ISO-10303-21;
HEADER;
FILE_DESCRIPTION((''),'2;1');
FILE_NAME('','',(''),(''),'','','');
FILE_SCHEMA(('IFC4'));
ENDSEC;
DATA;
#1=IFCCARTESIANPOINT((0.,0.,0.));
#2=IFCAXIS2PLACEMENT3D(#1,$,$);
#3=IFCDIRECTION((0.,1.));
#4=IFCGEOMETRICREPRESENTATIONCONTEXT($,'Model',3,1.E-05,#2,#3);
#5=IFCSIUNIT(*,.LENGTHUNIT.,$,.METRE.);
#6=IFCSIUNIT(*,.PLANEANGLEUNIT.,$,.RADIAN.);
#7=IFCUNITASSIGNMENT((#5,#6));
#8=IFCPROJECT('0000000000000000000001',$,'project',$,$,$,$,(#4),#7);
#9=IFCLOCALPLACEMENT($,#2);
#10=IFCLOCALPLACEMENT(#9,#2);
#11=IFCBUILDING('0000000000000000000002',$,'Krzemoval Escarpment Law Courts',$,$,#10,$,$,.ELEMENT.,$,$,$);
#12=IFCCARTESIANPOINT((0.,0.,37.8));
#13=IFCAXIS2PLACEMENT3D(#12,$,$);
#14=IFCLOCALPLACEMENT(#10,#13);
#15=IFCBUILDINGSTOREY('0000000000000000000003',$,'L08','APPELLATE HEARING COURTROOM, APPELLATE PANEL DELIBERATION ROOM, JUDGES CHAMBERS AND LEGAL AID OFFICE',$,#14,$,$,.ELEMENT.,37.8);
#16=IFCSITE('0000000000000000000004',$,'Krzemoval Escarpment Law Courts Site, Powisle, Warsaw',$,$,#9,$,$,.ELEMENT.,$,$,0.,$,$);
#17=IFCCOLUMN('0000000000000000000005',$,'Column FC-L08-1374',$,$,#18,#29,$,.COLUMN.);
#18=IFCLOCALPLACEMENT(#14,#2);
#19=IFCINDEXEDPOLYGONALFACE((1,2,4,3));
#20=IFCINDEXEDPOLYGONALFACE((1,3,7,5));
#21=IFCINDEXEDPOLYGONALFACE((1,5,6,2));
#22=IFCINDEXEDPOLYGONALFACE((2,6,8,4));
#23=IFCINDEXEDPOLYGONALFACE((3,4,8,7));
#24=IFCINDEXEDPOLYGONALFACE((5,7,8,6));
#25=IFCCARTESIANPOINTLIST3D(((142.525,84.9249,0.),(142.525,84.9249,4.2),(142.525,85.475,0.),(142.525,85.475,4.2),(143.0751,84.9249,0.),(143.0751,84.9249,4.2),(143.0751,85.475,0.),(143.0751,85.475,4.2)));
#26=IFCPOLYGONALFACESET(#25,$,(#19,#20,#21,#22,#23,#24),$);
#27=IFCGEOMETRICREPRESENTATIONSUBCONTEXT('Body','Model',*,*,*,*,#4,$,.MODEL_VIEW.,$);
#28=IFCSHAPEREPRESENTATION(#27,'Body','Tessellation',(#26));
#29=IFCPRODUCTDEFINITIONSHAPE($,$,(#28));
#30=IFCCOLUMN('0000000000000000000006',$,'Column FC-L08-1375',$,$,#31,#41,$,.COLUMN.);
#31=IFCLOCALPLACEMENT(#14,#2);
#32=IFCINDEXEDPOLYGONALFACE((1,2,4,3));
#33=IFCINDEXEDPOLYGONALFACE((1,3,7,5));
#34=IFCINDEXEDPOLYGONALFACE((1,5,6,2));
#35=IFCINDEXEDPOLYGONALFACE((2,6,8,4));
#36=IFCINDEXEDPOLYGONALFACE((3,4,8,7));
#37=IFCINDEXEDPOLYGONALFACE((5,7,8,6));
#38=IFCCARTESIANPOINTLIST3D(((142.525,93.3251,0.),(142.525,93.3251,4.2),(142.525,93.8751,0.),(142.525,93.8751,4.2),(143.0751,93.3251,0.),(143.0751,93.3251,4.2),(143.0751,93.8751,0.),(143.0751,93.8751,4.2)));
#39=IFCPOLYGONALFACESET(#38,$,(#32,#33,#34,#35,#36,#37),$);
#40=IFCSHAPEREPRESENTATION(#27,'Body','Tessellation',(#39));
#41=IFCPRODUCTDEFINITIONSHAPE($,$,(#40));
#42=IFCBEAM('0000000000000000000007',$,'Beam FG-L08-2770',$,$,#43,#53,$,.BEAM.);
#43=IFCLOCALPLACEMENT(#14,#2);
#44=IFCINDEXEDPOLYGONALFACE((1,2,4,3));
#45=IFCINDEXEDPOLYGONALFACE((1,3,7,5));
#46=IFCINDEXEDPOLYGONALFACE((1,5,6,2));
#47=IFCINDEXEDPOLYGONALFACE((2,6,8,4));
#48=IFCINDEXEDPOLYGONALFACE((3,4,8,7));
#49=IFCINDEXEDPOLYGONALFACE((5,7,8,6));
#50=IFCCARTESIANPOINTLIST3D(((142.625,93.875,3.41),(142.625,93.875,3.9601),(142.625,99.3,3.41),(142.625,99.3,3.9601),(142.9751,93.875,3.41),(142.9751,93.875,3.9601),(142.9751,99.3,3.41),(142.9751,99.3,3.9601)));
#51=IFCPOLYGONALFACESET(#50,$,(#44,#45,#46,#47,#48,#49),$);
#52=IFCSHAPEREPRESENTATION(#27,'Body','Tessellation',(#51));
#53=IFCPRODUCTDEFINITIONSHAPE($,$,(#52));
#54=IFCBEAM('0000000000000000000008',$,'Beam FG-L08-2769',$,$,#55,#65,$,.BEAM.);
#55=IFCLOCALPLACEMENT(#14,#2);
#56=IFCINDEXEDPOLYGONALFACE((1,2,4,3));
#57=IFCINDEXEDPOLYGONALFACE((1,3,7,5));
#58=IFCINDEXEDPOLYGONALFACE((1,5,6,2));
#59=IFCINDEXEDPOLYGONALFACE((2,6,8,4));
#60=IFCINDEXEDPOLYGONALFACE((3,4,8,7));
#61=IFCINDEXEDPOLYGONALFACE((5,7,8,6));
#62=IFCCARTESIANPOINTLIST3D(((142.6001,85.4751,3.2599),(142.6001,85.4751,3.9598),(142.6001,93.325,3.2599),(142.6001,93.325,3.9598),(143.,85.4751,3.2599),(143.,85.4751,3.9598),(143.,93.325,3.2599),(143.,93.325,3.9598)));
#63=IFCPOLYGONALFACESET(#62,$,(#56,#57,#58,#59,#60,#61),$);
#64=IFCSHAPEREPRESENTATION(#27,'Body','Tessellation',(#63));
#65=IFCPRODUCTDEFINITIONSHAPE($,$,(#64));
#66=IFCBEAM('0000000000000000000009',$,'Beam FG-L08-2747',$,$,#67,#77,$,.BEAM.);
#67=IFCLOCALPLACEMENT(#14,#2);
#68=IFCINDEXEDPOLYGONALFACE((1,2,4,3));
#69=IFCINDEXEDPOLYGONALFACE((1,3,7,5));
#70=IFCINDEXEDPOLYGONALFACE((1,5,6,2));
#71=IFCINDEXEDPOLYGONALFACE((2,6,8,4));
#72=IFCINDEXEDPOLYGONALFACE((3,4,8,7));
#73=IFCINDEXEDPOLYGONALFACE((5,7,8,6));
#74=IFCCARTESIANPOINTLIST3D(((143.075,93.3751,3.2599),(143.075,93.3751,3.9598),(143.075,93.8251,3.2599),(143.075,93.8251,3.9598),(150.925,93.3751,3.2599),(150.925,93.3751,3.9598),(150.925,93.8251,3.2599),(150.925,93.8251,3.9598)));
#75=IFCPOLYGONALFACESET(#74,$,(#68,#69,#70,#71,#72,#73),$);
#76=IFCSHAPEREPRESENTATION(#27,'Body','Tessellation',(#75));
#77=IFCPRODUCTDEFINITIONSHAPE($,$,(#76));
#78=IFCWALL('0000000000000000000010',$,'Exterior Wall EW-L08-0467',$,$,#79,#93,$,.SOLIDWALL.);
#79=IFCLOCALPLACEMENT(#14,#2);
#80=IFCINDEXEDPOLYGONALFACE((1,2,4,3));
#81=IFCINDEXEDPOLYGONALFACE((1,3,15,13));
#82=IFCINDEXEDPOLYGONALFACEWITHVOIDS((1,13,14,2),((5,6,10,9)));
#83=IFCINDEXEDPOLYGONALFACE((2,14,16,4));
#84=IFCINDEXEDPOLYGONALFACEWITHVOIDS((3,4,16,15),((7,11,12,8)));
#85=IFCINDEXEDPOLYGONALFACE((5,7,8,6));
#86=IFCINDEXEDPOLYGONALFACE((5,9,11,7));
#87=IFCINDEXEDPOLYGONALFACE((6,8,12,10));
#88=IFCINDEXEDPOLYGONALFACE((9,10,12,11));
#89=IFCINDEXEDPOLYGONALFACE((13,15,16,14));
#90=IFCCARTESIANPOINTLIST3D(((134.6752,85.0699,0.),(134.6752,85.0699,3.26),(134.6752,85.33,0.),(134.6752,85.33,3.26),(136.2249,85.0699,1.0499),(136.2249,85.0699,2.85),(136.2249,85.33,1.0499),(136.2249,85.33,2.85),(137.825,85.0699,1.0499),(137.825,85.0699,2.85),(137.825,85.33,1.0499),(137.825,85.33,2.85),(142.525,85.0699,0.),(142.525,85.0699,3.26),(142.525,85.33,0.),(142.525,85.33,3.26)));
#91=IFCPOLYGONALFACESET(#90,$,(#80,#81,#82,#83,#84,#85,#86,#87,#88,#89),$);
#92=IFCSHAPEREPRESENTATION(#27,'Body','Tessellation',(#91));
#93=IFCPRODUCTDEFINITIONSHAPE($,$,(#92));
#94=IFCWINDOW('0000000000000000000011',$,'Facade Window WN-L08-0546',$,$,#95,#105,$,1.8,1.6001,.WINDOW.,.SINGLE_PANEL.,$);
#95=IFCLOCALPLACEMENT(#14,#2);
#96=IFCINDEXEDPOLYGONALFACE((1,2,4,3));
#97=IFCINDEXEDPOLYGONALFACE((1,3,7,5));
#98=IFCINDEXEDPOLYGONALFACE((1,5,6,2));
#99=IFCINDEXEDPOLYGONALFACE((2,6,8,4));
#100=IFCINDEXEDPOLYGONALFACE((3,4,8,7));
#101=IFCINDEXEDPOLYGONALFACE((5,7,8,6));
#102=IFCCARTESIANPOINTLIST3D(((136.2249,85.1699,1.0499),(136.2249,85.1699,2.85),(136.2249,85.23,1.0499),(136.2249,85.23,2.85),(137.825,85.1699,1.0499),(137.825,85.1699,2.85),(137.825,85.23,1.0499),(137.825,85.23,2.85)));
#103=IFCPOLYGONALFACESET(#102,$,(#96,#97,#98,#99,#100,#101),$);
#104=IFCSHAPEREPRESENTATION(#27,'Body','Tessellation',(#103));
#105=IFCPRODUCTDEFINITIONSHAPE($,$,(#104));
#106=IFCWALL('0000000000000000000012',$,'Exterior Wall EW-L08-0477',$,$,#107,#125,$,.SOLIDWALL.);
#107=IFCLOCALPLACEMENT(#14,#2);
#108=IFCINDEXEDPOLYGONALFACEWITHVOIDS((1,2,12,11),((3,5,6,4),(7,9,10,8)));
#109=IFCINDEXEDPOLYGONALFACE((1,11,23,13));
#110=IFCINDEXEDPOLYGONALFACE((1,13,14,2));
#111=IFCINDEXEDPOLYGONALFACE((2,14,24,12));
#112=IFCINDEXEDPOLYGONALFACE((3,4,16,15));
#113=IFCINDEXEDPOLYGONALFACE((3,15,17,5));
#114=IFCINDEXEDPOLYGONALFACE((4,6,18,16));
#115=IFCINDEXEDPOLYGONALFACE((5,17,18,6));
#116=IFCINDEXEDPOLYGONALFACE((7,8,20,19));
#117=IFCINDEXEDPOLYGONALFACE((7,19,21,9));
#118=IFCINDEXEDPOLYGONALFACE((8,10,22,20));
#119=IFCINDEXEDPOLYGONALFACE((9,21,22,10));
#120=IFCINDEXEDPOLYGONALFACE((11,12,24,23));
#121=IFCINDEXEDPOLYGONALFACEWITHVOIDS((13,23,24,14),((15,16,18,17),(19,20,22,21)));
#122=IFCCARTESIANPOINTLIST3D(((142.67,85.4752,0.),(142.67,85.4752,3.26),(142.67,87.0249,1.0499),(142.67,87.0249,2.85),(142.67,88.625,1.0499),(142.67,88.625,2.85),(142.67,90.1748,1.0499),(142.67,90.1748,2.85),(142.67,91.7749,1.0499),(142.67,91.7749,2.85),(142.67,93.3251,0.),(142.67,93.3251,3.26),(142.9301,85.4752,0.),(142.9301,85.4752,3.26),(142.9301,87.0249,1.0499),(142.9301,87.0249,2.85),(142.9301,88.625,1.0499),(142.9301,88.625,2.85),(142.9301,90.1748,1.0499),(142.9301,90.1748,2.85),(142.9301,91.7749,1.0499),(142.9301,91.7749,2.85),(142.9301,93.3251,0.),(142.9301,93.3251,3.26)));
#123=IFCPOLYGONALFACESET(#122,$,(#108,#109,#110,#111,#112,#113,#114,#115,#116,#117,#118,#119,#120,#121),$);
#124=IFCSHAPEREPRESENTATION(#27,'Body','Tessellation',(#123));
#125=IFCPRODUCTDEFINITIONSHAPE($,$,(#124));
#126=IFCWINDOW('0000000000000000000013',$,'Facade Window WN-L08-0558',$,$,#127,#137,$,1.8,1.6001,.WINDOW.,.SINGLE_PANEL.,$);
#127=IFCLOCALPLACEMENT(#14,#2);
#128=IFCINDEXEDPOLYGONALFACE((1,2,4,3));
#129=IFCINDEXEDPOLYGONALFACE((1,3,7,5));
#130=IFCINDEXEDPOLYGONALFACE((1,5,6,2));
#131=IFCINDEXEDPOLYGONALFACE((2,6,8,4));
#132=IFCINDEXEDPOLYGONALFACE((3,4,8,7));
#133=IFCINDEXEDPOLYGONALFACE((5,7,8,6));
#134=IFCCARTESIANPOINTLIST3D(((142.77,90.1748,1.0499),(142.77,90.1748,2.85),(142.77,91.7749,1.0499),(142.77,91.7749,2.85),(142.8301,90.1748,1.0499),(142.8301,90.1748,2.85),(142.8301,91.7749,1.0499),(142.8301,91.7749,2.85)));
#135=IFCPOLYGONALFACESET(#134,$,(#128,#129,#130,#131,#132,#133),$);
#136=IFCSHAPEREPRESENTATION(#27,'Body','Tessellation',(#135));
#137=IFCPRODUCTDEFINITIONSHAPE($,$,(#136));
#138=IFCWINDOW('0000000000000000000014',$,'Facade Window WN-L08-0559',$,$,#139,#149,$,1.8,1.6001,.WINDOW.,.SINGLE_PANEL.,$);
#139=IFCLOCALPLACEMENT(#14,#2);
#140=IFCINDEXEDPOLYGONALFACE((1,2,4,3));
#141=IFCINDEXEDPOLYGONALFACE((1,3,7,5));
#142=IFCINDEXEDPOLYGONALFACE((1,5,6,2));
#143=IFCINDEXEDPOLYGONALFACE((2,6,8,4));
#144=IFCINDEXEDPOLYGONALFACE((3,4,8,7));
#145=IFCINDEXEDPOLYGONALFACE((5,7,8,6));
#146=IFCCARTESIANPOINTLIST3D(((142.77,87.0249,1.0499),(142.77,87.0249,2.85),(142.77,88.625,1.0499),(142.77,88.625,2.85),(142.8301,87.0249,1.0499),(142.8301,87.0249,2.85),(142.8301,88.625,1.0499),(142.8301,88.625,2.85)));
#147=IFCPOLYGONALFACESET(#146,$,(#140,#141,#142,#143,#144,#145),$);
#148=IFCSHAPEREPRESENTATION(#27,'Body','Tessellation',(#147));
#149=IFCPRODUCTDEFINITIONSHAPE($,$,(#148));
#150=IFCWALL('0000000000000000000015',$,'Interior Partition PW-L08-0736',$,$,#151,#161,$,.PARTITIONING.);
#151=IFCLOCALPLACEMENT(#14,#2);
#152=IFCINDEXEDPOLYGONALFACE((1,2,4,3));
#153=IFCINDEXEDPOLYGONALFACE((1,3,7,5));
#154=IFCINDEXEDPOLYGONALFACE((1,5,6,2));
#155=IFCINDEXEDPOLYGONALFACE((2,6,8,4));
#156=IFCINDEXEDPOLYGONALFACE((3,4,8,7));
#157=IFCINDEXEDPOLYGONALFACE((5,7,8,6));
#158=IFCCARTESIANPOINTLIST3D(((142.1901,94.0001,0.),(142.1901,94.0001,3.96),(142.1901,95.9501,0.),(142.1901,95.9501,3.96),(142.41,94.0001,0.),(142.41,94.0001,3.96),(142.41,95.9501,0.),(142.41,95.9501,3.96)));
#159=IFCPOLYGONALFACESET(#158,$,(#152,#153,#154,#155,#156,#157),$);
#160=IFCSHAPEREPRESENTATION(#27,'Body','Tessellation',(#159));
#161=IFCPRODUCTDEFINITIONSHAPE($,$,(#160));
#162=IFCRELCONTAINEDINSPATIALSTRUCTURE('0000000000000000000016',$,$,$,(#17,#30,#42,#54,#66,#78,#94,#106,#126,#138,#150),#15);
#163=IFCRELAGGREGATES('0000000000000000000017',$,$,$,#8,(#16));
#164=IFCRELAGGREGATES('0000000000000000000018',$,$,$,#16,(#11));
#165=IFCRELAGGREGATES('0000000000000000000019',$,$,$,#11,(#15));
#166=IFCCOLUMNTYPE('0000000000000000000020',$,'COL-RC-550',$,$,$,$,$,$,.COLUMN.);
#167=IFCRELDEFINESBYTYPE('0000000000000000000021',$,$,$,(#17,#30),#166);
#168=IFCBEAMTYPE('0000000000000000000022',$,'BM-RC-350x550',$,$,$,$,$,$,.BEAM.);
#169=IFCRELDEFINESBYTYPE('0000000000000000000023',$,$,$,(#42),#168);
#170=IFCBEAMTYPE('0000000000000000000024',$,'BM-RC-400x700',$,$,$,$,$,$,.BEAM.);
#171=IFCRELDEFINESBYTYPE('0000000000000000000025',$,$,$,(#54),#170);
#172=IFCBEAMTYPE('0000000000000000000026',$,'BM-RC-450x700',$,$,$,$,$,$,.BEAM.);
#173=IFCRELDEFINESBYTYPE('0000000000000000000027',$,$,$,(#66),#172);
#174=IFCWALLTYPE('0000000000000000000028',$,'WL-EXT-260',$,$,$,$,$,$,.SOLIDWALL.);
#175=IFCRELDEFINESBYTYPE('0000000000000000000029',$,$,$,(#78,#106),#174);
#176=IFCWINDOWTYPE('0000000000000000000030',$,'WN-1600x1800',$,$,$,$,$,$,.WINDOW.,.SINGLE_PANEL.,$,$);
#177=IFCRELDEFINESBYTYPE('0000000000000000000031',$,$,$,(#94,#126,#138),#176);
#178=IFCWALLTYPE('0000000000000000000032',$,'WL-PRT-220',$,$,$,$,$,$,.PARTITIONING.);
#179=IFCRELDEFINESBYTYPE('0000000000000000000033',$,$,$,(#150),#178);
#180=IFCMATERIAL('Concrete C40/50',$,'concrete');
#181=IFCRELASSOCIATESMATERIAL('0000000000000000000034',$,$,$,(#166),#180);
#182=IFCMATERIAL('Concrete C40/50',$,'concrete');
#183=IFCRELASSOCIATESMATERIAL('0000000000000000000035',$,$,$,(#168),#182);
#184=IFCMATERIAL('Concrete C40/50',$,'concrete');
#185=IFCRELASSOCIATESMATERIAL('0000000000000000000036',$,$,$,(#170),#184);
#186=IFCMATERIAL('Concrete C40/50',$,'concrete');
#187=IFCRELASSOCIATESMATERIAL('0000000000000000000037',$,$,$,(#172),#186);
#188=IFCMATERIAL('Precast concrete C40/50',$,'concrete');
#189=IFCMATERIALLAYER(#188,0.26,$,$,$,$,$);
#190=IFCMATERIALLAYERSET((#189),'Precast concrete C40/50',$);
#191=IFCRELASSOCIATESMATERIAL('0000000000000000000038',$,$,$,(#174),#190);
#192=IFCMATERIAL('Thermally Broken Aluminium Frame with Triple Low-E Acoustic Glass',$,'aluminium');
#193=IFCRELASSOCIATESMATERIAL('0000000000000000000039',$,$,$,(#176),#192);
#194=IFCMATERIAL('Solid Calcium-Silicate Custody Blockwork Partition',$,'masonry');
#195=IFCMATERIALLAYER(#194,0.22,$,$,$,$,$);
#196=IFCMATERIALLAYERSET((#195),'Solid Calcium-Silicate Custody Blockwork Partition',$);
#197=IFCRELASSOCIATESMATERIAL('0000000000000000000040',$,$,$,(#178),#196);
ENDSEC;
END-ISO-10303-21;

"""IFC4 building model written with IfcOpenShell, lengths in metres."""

from ifc_helpers import new_model, si_unit, direction, frame, frame_2d, origin, origin_2d, place, context, subcontext, project, spatial, rectangle, extrude, material, layer, layer_set, material_profile, profile_set, type_object, element, fill, save


model = new_model("IFC4")

# Units and contexts
model_context = context("Model", 3, precision=1e-05, world=origin(), true_north=direction((0.0, 1.0)))
body_context = subcontext(model_context, "Body", "Model", "MODEL_VIEW")
ifc_project = project(units=[si_unit("LENGTHUNIT", "METRE"), si_unit("PLANEANGLEUNIT", "RADIAN")], contexts=[model_context])

# Site, building, storey
site_placement = place(None, origin())
site = spatial("IfcSite", under=ifc_project, at=site_placement, Name="Krzemoval Escarpment Law Courts Site, Powisle, Warsaw", CompositionType="ELEMENT", RefElevation=0.0)
building_placement = place(site_placement, origin())
building = spatial("IfcBuilding", under=site, at=building_placement, Name="Krzemoval Escarpment Law Courts", CompositionType="ELEMENT")
storey_placement = place(building_placement, frame((0.0, 0.0, 37.8)))
storey = spatial("IfcBuildingStorey", under=building, at=storey_placement, Name="L08", Description="APPELLATE HEARING COURTROOM, APPELLATE PANEL DELIBERATION ROOM, JUDGES CHAMBERS AND LEGAL AID OFFICE", CompositionType="ELEMENT", Elevation=37.8)

# Columns
ifc_material_1 = material(Name="Concrete C40/50", Category="concrete")
ifc_material_profile_1 = material_profile(ifc_material_1, rectangle(XDim=0.55, YDim=0.55, at=origin_2d()), Name="RC 550x550")
ifc_profile_set_1 = profile_set([ifc_material_profile_1], Name="Concrete C40/50")
column_type = type_object("IfcColumnType", Name="COL-RC-550", PredefinedType="COLUMN", material=ifc_profile_set_1)
for number, where, z_axis, x_axis, name in (
    (1, (142.8, 85.2, 0.0), (0.0, 0.0, 1.0), (1.0, 0.0, 0.0), "Column FC-L08-1374"),
    (2, (142.8, 93.6001, 0.0), (0.0, 0.0, 1.0), (1.0, 0.0, 0.0), "Column FC-L08-1375"),
):
    element("IfcColumn", number, at=place(storey_placement, frame(where, z_axis=z_axis, x_axis=x_axis)), inside=storey, type_object=column_type, Name=name, PredefinedType="COLUMN", context=body_context, shape_type="SweptSolid", body=[
        extrude(rectangle(XDim=0.55, YDim=0.55, at=origin_2d()), origin(), (0.0, 0.0, 1.0), 4.2),
    ])

# Beams
ifc_material_2 = material(Name="Concrete C40/50", Category="concrete")
ifc_material_profile_2 = material_profile(ifc_material_2, rectangle(XDim=0.3501, YDim=0.55, at=origin_2d()), Name="RCB 350x550")
ifc_profile_set_2 = profile_set([ifc_material_profile_2], Name="Concrete C40/50")
beam_type_1 = type_object("IfcBeamType", Name="BM-RC-350x550", PredefinedType="BEAM", material=ifc_profile_set_2)
beam_1_placement = place(storey_placement, frame((142.8, 93.875, 3.6851), z_axis=(0.0, 1.0, 0.0), x_axis=(-1.0, 0.0, 0.0)))
element("IfcBeam", 3, at=beam_1_placement, inside=storey, type_object=beam_type_1, Name="Beam FG-L08-2770", PredefinedType="BEAM", context=body_context, shape_type="SweptSolid", body=[
    extrude(rectangle(XDim=0.3501, YDim=0.55, at=origin_2d()), origin(), (0.0, 0.0, 1.0), 5.425),
])
ifc_material_3 = material(Name="Concrete C40/50", Category="concrete")
ifc_material_profile_3 = material_profile(ifc_material_3, rectangle(XDim=0.3999, YDim=0.7, at=origin_2d()), Name="RCB 400x700")
ifc_profile_set_3 = profile_set([ifc_material_profile_3], Name="Concrete C40/50")
beam_type_2 = type_object("IfcBeamType", Name="BM-RC-400x700", PredefinedType="BEAM", material=ifc_profile_set_3)
beam_2_placement = place(storey_placement, frame((142.8, 85.4751, 3.6099), z_axis=(0.0, 1.0, 0.0), x_axis=(-1.0, 0.0, 0.0)))
element("IfcBeam", 4, at=beam_2_placement, inside=storey, type_object=beam_type_2, Name="Beam FG-L08-2769", PredefinedType="BEAM", context=body_context, shape_type="SweptSolid", body=[
    extrude(rectangle(XDim=0.3999, YDim=0.7, at=origin_2d()), origin(), (0.0, 0.0, 1.0), 7.8499),
])
ifc_material_4 = material(Name="Concrete C40/50", Category="concrete")
ifc_material_profile_4 = material_profile(ifc_material_4, rectangle(XDim=0.45, YDim=0.7, at=origin_2d()), Name="RCB 450x700")
ifc_profile_set_4 = profile_set([ifc_material_profile_4], Name="Concrete C40/50")
beam_type_3 = type_object("IfcBeamType", Name="BM-RC-450x700", PredefinedType="BEAM", material=ifc_profile_set_4)
beam_3_placement = place(storey_placement, frame((143.075, 93.6001, 3.6099), z_axis=(1.0, 0.0, 0.0), x_axis=(0.0, 1.0, 0.0)))
element("IfcBeam", 5, at=beam_3_placement, inside=storey, type_object=beam_type_3, Name="Beam FG-L08-2747", PredefinedType="BEAM", context=body_context, shape_type="SweptSolid", body=[
    extrude(rectangle(XDim=0.45, YDim=0.7, at=origin_2d()), origin(), (0.0, 0.0, 1.0), 7.8501),
])

# Wall, opening, window
ifc_material_5 = material(Name="Precast concrete C40/50", Category="concrete")
ifc_layer_1 = layer(ifc_material_5, 0.26)
ifc_layer_set_1 = layer_set([ifc_layer_1], Name="Precast concrete C40/50")
wall_type_1 = type_object("IfcWallType", Name="WL-EXT-260", PredefinedType="SOLIDWALL", material=ifc_layer_set_1)
wall_1_placement = place(storey_placement, frame((142.5249, 85.2, 0.0), z_axis=(0.0, 0.0, 1.0), x_axis=(-1.0, 0.0, 0.0)))
wall_1 = element("IfcWall", 6, at=wall_1_placement, inside=storey, type_object=wall_type_1, Name="Exterior Wall EW-L08-0467", PredefinedType="SOLIDWALL", context=body_context, shape_type="SweptSolid", body=[
    extrude(rectangle(XDim=7.8499, YDim=0.26, at=frame_2d((3.9248, 0.0))), origin(), (0.0, 0.0, 1.0), 3.26),
])
opening_1_placement = place(wall_1_placement, frame((4.7, 0.0, 1.05)))
opening_1 = element("IfcOpeningElement", 7, at=opening_1_placement, cuts=wall_1, PredefinedType="OPENING", context=body_context, shape_type="SweptSolid", body=[
    extrude(rectangle(XDim=1.6001, YDim=1.8, at=frame_2d((0.8, 0.8999))), frame((0.0, 0.145, 0.0), z_axis=(0.0, -1.0, 0.0), x_axis=(1.0, 0.0, 0.0)), (0.0, 0.0, 1.0), 0.29),
])
ifc_material_6 = material(Name="Thermally Broken Aluminium Frame with Triple Low-E Acoustic Glass", Category="aluminium")
window_type = type_object("IfcWindowType", Name="WN-1600x1800", PartitioningType="SINGLE_PANEL", PredefinedType="WINDOW", material=ifc_material_6)
window_1_placement = place(opening_1_placement, origin())
window_1 = element("IfcWindow", 8, at=window_1_placement, inside=storey, type_object=window_type, Name="Facade Window WN-L08-0546", OverallHeight=1.8, OverallWidth=1.6001, PartitioningType="SINGLE_PANEL", PredefinedType="WINDOW", context=body_context, shape_type="SweptSolid", body=[
    extrude(rectangle(XDim=1.6001, YDim=1.8, at=frame_2d((0.8, 0.8999))), frame((0.0, 0.03, 0.0), z_axis=(0.0, -1.0, 0.0), x_axis=(1.0, 0.0, 0.0)), (0.0, 0.0, 1.0), 0.0601),
])
fill(opening_1, window_1)

# Wall, openings, windows
wall_2_placement = place(storey_placement, frame((142.8, 93.325, 0.0), z_axis=(0.0, 0.0, 1.0), x_axis=(0.0, -1.0, 0.0)))
wall_2 = element("IfcWall", 9, at=wall_2_placement, inside=storey, type_object=wall_type_1, Name="Exterior Wall EW-L08-0477", PredefinedType="SOLIDWALL", context=body_context, shape_type="SweptSolid", body=[
    extrude(rectangle(XDim=7.8499, YDim=0.26, at=frame_2d((3.9248, 0.0))), origin(), (0.0, 0.0, 1.0), 3.26),
])
opening_2_placement = place(wall_2_placement, frame((1.55, 0.0, 1.05)))
opening_2 = element("IfcOpeningElement", 10, at=opening_2_placement, cuts=wall_2, PredefinedType="OPENING", context=body_context, shape_type="SweptSolid", body=[
    extrude(rectangle(XDim=1.6001, YDim=1.8, at=frame_2d((0.8, 0.8999))), frame((0.0, 0.145, 0.0), z_axis=(0.0, -1.0, 0.0), x_axis=(1.0, 0.0, 0.0)), (0.0, 0.0, 1.0), 0.29),
])
opening_3_placement = place(wall_2_placement, frame((4.7, 0.0, 1.05)))
opening_3 = element("IfcOpeningElement", 11, at=opening_3_placement, cuts=wall_2, PredefinedType="OPENING", context=body_context, shape_type="SweptSolid", body=[
    extrude(rectangle(XDim=1.6001, YDim=1.8, at=frame_2d((0.8, 0.8999))), frame((0.0, 0.145, 0.0), z_axis=(0.0, -1.0, 0.0), x_axis=(1.0, 0.0, 0.0)), (0.0, 0.0, 1.0), 0.29),
])
window_2_placement = place(opening_2_placement, origin())
window_2 = element("IfcWindow", 12, at=window_2_placement, inside=storey, type_object=window_type, Name="Facade Window WN-L08-0558", OverallHeight=1.8, OverallWidth=1.6001, PartitioningType="SINGLE_PANEL", PredefinedType="WINDOW", context=body_context, shape_type="SweptSolid", body=[
    extrude(rectangle(XDim=1.6001, YDim=1.8, at=frame_2d((0.8, 0.8999))), frame((0.0, 0.03, 0.0), z_axis=(0.0, -1.0, 0.0), x_axis=(1.0, 0.0, 0.0)), (0.0, 0.0, 1.0), 0.0601),
])
fill(opening_2, window_2)
window_3_placement = place(opening_3_placement, origin())
window_3 = element("IfcWindow", 13, at=window_3_placement, inside=storey, type_object=window_type, Name="Facade Window WN-L08-0559", OverallHeight=1.8, OverallWidth=1.6001, PartitioningType="SINGLE_PANEL", PredefinedType="WINDOW", context=body_context, shape_type="SweptSolid", body=[
    extrude(rectangle(XDim=1.6001, YDim=1.8, at=frame_2d((0.8, 0.8999))), frame((0.0, 0.03, 0.0), z_axis=(0.0, -1.0, 0.0), x_axis=(1.0, 0.0, 0.0)), (0.0, 0.0, 1.0), 0.0601),
])
fill(opening_3, window_3)

# Wall
ifc_material_7 = material(Name="Solid Calcium-Silicate Custody Blockwork Partition", Category="masonry")
ifc_layer_2 = layer(ifc_material_7, 0.22)
ifc_layer_set_2 = layer_set([ifc_layer_2], Name="Solid Calcium-Silicate Custody Blockwork Partition")
wall_type_2 = type_object("IfcWallType", Name="WL-PRT-220", PredefinedType="PARTITIONING", material=ifc_layer_set_2)
wall_3_placement = place(storey_placement, frame((142.3, 94.0, 0.0), z_axis=(0.0, 0.0, 1.0), x_axis=(0.0, 1.0, 0.0)))
element("IfcWall", 14, at=wall_3_placement, inside=storey, type_object=wall_type_2, Name="Interior Partition PW-L08-0736", PredefinedType="PARTITIONING", context=body_context, shape_type="SweptSolid", body=[
    extrude(rectangle(XDim=1.95, YDim=0.22, at=frame_2d((0.9751, 0.0))), origin(), (0.0, 0.0, 1.0), 3.96),
])

save(model, "model.ifc")
